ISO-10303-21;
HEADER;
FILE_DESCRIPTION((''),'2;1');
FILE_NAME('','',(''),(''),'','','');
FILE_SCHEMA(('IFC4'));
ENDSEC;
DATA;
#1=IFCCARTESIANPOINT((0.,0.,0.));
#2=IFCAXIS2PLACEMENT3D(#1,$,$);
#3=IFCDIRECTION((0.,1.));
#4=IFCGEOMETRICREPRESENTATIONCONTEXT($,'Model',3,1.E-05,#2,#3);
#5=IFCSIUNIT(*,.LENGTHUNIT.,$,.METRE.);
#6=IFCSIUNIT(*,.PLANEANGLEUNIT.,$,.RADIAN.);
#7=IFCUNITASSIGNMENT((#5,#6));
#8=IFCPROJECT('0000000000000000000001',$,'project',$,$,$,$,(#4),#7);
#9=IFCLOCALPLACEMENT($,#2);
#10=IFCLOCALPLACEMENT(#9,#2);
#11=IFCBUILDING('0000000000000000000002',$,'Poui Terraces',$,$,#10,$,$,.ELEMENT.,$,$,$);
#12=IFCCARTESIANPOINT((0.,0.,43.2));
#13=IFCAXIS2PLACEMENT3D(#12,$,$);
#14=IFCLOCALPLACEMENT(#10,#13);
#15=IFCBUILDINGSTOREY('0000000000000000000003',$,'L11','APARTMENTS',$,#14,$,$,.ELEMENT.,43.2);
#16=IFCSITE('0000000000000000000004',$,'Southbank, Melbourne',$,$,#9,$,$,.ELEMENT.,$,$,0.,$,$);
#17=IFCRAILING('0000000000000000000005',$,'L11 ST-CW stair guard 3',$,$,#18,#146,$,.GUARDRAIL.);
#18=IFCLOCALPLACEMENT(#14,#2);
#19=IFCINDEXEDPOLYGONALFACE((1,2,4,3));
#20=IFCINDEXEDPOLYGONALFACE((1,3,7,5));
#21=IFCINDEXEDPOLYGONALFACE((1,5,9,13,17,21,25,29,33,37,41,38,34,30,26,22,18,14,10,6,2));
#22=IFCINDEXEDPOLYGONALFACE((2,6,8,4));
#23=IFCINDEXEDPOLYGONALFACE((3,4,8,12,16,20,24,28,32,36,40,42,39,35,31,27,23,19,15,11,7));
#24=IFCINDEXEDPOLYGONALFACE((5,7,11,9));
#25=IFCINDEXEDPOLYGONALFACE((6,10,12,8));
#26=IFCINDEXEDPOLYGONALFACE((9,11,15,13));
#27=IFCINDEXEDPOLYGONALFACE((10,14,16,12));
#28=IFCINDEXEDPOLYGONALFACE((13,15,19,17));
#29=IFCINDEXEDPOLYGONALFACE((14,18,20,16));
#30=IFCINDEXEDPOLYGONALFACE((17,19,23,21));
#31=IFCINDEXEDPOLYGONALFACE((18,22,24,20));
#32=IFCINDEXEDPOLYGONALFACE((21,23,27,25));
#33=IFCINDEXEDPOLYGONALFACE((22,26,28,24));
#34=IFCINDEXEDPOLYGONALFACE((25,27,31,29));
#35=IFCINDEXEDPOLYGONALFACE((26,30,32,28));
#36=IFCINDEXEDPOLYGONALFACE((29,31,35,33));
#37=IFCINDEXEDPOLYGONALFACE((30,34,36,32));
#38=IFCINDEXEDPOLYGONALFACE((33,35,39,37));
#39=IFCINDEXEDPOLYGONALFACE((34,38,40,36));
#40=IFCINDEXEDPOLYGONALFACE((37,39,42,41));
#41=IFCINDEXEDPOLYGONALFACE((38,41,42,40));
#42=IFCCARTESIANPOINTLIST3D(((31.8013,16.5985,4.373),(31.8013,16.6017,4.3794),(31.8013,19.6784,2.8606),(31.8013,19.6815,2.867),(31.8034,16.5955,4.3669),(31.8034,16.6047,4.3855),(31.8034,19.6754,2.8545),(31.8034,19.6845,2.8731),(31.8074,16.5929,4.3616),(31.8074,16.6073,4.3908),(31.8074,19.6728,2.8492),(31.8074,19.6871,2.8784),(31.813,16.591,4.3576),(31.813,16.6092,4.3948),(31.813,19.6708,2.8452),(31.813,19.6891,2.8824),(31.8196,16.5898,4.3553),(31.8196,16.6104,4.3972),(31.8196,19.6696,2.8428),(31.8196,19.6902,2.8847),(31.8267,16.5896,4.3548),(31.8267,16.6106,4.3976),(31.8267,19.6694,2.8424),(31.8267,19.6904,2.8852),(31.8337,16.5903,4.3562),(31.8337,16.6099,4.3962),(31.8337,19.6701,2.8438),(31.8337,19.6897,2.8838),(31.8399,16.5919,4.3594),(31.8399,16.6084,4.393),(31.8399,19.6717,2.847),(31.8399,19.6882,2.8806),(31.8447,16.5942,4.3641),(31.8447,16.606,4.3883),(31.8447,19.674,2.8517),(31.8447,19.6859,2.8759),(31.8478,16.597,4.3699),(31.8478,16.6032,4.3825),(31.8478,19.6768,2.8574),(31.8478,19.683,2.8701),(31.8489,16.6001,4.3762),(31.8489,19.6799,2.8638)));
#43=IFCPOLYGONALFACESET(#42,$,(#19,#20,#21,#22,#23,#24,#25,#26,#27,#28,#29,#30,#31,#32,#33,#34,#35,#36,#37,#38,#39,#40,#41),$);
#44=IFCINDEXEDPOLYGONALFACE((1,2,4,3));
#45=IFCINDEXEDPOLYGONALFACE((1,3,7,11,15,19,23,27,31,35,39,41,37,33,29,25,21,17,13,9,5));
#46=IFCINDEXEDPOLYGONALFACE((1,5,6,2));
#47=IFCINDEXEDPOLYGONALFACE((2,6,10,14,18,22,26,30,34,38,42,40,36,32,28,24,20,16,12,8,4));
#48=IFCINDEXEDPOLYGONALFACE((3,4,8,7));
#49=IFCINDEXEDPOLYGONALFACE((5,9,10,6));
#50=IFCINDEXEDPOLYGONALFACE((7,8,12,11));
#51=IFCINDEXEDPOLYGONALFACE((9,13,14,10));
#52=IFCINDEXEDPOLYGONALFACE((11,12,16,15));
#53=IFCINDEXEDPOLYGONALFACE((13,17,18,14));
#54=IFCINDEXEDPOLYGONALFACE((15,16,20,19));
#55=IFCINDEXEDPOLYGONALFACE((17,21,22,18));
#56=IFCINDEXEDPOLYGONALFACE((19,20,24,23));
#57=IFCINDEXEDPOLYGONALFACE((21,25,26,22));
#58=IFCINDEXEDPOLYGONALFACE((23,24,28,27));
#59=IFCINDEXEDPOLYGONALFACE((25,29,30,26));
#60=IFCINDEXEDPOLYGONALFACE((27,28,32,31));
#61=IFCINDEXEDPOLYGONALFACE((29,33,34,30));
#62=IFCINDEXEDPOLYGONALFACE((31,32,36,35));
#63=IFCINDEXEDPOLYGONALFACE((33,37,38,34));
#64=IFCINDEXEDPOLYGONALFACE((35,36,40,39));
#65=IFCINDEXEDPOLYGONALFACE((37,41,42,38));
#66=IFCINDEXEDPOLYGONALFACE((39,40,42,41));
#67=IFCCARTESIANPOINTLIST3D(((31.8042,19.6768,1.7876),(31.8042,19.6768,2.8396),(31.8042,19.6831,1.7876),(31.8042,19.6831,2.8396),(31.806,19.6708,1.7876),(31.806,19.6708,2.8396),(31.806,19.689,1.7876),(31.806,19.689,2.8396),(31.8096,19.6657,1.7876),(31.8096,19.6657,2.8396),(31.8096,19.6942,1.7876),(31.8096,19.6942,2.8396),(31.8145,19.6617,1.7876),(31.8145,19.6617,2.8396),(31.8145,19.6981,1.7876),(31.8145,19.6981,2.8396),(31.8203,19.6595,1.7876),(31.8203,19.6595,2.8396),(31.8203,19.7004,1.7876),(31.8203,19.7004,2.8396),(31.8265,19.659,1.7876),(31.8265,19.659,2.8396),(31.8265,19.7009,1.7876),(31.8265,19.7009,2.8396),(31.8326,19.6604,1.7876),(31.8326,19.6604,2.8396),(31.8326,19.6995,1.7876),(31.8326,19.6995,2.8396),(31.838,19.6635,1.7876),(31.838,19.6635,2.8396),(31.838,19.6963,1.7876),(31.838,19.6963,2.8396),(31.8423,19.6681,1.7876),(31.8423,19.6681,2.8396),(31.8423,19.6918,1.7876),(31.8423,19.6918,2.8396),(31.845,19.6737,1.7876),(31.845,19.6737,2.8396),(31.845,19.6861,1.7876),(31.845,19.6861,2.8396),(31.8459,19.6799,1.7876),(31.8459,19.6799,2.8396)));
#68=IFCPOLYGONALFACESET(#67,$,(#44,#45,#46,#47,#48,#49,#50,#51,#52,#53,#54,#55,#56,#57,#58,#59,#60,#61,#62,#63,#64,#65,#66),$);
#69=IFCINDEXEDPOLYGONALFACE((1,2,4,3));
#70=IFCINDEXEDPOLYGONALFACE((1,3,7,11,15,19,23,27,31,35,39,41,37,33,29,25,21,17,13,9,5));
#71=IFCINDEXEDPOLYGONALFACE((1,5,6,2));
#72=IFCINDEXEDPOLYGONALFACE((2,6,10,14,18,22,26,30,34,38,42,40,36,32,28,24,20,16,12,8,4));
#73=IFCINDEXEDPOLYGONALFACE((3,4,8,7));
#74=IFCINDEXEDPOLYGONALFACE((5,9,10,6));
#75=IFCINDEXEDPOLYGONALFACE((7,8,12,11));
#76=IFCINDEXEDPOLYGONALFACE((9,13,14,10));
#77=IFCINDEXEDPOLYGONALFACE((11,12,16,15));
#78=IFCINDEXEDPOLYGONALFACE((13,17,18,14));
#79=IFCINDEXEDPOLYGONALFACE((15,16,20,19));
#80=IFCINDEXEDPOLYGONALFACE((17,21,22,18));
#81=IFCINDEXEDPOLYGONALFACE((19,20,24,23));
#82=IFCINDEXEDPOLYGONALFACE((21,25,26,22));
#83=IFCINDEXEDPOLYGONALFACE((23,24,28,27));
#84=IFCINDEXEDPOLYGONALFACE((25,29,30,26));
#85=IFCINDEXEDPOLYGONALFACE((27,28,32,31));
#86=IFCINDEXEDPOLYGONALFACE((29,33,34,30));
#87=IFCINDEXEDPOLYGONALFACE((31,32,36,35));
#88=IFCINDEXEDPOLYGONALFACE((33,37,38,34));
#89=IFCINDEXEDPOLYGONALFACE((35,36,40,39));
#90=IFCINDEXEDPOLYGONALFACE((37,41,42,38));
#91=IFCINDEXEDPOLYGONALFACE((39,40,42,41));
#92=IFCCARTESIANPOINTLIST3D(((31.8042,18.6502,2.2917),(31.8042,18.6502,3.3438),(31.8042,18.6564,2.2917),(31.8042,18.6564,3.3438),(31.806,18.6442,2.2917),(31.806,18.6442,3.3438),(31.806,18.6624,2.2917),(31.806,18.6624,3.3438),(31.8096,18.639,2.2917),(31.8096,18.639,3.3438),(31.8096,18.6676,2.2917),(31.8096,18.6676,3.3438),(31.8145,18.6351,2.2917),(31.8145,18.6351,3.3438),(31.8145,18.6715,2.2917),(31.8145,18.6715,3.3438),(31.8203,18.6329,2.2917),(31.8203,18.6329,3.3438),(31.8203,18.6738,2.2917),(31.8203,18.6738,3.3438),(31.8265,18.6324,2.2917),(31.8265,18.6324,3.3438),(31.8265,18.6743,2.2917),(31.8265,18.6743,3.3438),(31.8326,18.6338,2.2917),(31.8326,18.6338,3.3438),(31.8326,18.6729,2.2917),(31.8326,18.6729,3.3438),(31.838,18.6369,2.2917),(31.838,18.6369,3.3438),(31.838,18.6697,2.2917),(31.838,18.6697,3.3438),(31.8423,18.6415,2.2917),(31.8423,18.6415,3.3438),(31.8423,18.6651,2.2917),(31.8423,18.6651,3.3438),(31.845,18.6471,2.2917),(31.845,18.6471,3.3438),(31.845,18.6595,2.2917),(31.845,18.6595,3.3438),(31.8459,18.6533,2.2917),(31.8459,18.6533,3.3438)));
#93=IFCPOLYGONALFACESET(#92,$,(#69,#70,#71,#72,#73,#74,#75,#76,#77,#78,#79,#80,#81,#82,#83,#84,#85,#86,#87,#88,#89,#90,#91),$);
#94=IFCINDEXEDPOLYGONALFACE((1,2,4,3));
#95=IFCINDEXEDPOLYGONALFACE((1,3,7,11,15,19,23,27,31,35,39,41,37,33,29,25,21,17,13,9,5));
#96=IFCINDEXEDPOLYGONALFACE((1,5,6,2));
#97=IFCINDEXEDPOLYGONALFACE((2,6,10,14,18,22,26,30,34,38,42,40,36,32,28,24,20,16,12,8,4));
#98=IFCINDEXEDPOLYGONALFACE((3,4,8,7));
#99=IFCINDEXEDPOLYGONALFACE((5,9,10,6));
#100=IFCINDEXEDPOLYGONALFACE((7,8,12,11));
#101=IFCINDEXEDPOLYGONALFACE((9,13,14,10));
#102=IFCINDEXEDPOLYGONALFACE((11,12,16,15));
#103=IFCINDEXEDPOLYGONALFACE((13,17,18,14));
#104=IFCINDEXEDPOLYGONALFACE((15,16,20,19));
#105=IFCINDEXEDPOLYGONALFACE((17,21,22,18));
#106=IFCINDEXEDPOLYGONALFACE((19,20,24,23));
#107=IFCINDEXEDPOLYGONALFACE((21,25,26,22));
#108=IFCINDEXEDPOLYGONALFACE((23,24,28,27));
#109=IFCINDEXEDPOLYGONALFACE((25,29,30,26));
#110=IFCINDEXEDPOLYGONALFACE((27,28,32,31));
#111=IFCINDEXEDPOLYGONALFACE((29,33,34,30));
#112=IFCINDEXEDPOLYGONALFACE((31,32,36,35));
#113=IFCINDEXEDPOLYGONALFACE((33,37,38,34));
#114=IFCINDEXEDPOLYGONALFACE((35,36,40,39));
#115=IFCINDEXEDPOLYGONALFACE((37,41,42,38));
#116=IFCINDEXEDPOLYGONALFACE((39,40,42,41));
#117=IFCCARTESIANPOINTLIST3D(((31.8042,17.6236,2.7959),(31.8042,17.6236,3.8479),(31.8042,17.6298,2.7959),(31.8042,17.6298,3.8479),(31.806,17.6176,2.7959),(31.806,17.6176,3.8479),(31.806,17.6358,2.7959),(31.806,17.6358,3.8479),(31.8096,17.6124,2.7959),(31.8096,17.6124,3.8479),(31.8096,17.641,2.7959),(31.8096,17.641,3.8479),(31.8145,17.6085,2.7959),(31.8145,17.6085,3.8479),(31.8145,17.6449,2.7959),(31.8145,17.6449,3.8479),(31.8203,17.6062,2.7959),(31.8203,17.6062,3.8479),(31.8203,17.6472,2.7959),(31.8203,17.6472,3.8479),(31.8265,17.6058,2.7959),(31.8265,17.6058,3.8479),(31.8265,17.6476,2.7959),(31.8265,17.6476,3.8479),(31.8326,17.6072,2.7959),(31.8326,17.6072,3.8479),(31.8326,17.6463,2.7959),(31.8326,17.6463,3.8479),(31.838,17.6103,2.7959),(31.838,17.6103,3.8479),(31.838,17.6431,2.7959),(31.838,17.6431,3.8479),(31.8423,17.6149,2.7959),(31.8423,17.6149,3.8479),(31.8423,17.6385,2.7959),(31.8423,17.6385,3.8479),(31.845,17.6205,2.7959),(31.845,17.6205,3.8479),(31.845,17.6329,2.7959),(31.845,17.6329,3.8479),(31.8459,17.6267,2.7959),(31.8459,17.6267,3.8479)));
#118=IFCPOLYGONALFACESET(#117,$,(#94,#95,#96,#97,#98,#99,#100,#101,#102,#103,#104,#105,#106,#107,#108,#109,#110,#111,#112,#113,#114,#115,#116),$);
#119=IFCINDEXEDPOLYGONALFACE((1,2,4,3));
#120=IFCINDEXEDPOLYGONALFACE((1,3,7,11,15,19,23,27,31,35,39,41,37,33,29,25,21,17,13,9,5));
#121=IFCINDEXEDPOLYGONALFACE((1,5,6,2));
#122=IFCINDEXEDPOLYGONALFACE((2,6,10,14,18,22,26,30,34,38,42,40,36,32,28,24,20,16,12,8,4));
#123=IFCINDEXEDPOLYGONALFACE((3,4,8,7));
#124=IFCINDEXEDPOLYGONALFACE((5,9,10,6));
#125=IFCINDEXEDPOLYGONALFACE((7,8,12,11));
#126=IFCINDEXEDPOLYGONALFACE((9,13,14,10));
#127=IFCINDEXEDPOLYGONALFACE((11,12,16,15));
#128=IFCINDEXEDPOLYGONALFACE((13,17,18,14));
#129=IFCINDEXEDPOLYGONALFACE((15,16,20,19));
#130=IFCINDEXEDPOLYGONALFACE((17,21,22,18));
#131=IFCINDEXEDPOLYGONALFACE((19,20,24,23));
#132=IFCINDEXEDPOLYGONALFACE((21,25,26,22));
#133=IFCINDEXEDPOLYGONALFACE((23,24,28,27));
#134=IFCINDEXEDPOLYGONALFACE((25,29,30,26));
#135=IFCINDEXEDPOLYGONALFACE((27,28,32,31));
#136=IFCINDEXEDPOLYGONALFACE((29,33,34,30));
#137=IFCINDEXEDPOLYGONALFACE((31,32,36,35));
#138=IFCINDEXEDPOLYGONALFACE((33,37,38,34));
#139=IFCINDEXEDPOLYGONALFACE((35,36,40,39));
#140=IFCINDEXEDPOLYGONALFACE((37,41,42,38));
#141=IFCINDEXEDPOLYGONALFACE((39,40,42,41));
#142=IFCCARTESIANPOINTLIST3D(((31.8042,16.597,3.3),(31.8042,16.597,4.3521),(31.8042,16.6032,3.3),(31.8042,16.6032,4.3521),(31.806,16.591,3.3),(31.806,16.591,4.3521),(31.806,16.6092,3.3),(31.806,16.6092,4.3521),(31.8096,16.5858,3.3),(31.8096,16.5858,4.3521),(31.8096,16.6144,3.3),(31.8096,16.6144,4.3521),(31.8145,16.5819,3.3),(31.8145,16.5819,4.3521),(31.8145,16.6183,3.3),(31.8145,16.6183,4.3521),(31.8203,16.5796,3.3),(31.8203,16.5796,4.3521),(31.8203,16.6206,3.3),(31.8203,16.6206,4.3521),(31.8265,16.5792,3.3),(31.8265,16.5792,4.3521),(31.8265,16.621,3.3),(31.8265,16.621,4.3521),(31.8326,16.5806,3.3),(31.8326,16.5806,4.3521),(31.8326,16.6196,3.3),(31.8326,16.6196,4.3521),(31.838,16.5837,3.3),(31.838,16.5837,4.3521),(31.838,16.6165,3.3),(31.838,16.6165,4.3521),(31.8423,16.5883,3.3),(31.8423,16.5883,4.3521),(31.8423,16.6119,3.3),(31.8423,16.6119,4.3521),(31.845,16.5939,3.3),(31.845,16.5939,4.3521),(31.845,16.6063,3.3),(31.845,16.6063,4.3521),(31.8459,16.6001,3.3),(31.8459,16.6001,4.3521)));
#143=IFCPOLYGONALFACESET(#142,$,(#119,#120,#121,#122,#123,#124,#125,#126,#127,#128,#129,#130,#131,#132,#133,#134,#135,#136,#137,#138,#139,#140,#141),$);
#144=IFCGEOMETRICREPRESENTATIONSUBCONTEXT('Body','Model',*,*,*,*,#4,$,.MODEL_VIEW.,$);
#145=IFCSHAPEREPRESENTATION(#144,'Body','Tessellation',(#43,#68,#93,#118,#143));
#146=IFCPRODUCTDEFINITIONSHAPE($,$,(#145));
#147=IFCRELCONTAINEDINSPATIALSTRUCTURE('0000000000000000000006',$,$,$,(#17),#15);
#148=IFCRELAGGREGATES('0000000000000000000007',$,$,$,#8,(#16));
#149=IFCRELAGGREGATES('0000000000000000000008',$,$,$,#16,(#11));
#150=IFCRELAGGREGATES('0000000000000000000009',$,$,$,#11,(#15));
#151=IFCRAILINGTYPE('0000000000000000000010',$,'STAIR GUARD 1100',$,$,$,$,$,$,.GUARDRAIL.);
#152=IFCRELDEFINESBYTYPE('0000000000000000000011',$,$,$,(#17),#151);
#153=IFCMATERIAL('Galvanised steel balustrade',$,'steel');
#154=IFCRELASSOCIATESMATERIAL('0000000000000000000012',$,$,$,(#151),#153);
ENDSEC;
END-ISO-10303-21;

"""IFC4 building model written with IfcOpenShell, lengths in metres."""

from ifc_helpers import new_model, si_unit, direction, frame, origin, origin_2d, place, context, subcontext, project, spatial, circle, extrude, material, type_object, element, save


model = new_model("IFC4")

# Units and contexts
model_context = context("Model", 3, precision=1e-05, world=origin(), true_north=direction((0.0, 1.0)))
body_context = subcontext(model_context, "Body", "Model", "MODEL_VIEW")
ifc_project = project(units=[si_unit("LENGTHUNIT", "METRE"), si_unit("PLANEANGLEUNIT", "RADIAN")], contexts=[model_context])

# Site, building, storey
site_placement = place(None, origin())
site = spatial("IfcSite", under=ifc_project, at=site_placement, Name="Southbank, Melbourne", CompositionType="ELEMENT", RefElevation=0.0)
building_placement = place(site_placement, origin())
building = spatial("IfcBuilding", under=site, at=building_placement, Name="Poui Terraces", CompositionType="ELEMENT")
storey_placement = place(building_placement, frame((0.0, 0.0, 43.2)))
storey = spatial("IfcBuildingStorey", under=building, at=storey_placement, Name="L11", Description="APARTMENTS", CompositionType="ELEMENT", Elevation=43.2)

# Railing
ifc_material_1 = material(Name="Galvanised steel balustrade", Category="steel")
railing_type_1 = type_object("IfcRailingType", Name="STAIR GUARD 1100", PredefinedType="GUARDRAIL", material=ifc_material_1)
railing_1_placement = place(storey_placement, frame((31.825, 19.6799, 1.7876)))
element("IfcRailing", 1, at=railing_1_placement, inside=storey, type_object=railing_type_1, Name="L11 ST-CW stair guard 3", PredefinedType="GUARDRAIL", context=body_context, shape_type="SweptSolid", body=[
    extrude(circle(Radius=0.0239, at=origin_2d()), frame((0.0, 0.0, 1.0762), z_axis=(0.0, -0.897606, 0.440798), x_axis=(1.0, 0.0, 0.0)), (0.0, 0.0, 1.0), 3.4312),
    extrude(circle(Radius=0.021, at=origin_2d()), origin(), (0.0, 0.0, 1.0), 1.052),
    extrude(circle(Radius=0.021, at=origin_2d()), frame((0.0, -1.0266, 0.5042)), (0.0, 0.0, 1.0), 1.052),
    extrude(circle(Radius=0.021, at=origin_2d()), frame((0.0, -2.0532, 1.0083)), (0.0, 0.0, 1.0), 1.052),
    extrude(circle(Radius=0.021, at=origin_2d()), frame((0.0, -3.0798, 1.5125)), (0.0, 0.0, 1.0), 1.052),
])

save(model, "model.ifc")
